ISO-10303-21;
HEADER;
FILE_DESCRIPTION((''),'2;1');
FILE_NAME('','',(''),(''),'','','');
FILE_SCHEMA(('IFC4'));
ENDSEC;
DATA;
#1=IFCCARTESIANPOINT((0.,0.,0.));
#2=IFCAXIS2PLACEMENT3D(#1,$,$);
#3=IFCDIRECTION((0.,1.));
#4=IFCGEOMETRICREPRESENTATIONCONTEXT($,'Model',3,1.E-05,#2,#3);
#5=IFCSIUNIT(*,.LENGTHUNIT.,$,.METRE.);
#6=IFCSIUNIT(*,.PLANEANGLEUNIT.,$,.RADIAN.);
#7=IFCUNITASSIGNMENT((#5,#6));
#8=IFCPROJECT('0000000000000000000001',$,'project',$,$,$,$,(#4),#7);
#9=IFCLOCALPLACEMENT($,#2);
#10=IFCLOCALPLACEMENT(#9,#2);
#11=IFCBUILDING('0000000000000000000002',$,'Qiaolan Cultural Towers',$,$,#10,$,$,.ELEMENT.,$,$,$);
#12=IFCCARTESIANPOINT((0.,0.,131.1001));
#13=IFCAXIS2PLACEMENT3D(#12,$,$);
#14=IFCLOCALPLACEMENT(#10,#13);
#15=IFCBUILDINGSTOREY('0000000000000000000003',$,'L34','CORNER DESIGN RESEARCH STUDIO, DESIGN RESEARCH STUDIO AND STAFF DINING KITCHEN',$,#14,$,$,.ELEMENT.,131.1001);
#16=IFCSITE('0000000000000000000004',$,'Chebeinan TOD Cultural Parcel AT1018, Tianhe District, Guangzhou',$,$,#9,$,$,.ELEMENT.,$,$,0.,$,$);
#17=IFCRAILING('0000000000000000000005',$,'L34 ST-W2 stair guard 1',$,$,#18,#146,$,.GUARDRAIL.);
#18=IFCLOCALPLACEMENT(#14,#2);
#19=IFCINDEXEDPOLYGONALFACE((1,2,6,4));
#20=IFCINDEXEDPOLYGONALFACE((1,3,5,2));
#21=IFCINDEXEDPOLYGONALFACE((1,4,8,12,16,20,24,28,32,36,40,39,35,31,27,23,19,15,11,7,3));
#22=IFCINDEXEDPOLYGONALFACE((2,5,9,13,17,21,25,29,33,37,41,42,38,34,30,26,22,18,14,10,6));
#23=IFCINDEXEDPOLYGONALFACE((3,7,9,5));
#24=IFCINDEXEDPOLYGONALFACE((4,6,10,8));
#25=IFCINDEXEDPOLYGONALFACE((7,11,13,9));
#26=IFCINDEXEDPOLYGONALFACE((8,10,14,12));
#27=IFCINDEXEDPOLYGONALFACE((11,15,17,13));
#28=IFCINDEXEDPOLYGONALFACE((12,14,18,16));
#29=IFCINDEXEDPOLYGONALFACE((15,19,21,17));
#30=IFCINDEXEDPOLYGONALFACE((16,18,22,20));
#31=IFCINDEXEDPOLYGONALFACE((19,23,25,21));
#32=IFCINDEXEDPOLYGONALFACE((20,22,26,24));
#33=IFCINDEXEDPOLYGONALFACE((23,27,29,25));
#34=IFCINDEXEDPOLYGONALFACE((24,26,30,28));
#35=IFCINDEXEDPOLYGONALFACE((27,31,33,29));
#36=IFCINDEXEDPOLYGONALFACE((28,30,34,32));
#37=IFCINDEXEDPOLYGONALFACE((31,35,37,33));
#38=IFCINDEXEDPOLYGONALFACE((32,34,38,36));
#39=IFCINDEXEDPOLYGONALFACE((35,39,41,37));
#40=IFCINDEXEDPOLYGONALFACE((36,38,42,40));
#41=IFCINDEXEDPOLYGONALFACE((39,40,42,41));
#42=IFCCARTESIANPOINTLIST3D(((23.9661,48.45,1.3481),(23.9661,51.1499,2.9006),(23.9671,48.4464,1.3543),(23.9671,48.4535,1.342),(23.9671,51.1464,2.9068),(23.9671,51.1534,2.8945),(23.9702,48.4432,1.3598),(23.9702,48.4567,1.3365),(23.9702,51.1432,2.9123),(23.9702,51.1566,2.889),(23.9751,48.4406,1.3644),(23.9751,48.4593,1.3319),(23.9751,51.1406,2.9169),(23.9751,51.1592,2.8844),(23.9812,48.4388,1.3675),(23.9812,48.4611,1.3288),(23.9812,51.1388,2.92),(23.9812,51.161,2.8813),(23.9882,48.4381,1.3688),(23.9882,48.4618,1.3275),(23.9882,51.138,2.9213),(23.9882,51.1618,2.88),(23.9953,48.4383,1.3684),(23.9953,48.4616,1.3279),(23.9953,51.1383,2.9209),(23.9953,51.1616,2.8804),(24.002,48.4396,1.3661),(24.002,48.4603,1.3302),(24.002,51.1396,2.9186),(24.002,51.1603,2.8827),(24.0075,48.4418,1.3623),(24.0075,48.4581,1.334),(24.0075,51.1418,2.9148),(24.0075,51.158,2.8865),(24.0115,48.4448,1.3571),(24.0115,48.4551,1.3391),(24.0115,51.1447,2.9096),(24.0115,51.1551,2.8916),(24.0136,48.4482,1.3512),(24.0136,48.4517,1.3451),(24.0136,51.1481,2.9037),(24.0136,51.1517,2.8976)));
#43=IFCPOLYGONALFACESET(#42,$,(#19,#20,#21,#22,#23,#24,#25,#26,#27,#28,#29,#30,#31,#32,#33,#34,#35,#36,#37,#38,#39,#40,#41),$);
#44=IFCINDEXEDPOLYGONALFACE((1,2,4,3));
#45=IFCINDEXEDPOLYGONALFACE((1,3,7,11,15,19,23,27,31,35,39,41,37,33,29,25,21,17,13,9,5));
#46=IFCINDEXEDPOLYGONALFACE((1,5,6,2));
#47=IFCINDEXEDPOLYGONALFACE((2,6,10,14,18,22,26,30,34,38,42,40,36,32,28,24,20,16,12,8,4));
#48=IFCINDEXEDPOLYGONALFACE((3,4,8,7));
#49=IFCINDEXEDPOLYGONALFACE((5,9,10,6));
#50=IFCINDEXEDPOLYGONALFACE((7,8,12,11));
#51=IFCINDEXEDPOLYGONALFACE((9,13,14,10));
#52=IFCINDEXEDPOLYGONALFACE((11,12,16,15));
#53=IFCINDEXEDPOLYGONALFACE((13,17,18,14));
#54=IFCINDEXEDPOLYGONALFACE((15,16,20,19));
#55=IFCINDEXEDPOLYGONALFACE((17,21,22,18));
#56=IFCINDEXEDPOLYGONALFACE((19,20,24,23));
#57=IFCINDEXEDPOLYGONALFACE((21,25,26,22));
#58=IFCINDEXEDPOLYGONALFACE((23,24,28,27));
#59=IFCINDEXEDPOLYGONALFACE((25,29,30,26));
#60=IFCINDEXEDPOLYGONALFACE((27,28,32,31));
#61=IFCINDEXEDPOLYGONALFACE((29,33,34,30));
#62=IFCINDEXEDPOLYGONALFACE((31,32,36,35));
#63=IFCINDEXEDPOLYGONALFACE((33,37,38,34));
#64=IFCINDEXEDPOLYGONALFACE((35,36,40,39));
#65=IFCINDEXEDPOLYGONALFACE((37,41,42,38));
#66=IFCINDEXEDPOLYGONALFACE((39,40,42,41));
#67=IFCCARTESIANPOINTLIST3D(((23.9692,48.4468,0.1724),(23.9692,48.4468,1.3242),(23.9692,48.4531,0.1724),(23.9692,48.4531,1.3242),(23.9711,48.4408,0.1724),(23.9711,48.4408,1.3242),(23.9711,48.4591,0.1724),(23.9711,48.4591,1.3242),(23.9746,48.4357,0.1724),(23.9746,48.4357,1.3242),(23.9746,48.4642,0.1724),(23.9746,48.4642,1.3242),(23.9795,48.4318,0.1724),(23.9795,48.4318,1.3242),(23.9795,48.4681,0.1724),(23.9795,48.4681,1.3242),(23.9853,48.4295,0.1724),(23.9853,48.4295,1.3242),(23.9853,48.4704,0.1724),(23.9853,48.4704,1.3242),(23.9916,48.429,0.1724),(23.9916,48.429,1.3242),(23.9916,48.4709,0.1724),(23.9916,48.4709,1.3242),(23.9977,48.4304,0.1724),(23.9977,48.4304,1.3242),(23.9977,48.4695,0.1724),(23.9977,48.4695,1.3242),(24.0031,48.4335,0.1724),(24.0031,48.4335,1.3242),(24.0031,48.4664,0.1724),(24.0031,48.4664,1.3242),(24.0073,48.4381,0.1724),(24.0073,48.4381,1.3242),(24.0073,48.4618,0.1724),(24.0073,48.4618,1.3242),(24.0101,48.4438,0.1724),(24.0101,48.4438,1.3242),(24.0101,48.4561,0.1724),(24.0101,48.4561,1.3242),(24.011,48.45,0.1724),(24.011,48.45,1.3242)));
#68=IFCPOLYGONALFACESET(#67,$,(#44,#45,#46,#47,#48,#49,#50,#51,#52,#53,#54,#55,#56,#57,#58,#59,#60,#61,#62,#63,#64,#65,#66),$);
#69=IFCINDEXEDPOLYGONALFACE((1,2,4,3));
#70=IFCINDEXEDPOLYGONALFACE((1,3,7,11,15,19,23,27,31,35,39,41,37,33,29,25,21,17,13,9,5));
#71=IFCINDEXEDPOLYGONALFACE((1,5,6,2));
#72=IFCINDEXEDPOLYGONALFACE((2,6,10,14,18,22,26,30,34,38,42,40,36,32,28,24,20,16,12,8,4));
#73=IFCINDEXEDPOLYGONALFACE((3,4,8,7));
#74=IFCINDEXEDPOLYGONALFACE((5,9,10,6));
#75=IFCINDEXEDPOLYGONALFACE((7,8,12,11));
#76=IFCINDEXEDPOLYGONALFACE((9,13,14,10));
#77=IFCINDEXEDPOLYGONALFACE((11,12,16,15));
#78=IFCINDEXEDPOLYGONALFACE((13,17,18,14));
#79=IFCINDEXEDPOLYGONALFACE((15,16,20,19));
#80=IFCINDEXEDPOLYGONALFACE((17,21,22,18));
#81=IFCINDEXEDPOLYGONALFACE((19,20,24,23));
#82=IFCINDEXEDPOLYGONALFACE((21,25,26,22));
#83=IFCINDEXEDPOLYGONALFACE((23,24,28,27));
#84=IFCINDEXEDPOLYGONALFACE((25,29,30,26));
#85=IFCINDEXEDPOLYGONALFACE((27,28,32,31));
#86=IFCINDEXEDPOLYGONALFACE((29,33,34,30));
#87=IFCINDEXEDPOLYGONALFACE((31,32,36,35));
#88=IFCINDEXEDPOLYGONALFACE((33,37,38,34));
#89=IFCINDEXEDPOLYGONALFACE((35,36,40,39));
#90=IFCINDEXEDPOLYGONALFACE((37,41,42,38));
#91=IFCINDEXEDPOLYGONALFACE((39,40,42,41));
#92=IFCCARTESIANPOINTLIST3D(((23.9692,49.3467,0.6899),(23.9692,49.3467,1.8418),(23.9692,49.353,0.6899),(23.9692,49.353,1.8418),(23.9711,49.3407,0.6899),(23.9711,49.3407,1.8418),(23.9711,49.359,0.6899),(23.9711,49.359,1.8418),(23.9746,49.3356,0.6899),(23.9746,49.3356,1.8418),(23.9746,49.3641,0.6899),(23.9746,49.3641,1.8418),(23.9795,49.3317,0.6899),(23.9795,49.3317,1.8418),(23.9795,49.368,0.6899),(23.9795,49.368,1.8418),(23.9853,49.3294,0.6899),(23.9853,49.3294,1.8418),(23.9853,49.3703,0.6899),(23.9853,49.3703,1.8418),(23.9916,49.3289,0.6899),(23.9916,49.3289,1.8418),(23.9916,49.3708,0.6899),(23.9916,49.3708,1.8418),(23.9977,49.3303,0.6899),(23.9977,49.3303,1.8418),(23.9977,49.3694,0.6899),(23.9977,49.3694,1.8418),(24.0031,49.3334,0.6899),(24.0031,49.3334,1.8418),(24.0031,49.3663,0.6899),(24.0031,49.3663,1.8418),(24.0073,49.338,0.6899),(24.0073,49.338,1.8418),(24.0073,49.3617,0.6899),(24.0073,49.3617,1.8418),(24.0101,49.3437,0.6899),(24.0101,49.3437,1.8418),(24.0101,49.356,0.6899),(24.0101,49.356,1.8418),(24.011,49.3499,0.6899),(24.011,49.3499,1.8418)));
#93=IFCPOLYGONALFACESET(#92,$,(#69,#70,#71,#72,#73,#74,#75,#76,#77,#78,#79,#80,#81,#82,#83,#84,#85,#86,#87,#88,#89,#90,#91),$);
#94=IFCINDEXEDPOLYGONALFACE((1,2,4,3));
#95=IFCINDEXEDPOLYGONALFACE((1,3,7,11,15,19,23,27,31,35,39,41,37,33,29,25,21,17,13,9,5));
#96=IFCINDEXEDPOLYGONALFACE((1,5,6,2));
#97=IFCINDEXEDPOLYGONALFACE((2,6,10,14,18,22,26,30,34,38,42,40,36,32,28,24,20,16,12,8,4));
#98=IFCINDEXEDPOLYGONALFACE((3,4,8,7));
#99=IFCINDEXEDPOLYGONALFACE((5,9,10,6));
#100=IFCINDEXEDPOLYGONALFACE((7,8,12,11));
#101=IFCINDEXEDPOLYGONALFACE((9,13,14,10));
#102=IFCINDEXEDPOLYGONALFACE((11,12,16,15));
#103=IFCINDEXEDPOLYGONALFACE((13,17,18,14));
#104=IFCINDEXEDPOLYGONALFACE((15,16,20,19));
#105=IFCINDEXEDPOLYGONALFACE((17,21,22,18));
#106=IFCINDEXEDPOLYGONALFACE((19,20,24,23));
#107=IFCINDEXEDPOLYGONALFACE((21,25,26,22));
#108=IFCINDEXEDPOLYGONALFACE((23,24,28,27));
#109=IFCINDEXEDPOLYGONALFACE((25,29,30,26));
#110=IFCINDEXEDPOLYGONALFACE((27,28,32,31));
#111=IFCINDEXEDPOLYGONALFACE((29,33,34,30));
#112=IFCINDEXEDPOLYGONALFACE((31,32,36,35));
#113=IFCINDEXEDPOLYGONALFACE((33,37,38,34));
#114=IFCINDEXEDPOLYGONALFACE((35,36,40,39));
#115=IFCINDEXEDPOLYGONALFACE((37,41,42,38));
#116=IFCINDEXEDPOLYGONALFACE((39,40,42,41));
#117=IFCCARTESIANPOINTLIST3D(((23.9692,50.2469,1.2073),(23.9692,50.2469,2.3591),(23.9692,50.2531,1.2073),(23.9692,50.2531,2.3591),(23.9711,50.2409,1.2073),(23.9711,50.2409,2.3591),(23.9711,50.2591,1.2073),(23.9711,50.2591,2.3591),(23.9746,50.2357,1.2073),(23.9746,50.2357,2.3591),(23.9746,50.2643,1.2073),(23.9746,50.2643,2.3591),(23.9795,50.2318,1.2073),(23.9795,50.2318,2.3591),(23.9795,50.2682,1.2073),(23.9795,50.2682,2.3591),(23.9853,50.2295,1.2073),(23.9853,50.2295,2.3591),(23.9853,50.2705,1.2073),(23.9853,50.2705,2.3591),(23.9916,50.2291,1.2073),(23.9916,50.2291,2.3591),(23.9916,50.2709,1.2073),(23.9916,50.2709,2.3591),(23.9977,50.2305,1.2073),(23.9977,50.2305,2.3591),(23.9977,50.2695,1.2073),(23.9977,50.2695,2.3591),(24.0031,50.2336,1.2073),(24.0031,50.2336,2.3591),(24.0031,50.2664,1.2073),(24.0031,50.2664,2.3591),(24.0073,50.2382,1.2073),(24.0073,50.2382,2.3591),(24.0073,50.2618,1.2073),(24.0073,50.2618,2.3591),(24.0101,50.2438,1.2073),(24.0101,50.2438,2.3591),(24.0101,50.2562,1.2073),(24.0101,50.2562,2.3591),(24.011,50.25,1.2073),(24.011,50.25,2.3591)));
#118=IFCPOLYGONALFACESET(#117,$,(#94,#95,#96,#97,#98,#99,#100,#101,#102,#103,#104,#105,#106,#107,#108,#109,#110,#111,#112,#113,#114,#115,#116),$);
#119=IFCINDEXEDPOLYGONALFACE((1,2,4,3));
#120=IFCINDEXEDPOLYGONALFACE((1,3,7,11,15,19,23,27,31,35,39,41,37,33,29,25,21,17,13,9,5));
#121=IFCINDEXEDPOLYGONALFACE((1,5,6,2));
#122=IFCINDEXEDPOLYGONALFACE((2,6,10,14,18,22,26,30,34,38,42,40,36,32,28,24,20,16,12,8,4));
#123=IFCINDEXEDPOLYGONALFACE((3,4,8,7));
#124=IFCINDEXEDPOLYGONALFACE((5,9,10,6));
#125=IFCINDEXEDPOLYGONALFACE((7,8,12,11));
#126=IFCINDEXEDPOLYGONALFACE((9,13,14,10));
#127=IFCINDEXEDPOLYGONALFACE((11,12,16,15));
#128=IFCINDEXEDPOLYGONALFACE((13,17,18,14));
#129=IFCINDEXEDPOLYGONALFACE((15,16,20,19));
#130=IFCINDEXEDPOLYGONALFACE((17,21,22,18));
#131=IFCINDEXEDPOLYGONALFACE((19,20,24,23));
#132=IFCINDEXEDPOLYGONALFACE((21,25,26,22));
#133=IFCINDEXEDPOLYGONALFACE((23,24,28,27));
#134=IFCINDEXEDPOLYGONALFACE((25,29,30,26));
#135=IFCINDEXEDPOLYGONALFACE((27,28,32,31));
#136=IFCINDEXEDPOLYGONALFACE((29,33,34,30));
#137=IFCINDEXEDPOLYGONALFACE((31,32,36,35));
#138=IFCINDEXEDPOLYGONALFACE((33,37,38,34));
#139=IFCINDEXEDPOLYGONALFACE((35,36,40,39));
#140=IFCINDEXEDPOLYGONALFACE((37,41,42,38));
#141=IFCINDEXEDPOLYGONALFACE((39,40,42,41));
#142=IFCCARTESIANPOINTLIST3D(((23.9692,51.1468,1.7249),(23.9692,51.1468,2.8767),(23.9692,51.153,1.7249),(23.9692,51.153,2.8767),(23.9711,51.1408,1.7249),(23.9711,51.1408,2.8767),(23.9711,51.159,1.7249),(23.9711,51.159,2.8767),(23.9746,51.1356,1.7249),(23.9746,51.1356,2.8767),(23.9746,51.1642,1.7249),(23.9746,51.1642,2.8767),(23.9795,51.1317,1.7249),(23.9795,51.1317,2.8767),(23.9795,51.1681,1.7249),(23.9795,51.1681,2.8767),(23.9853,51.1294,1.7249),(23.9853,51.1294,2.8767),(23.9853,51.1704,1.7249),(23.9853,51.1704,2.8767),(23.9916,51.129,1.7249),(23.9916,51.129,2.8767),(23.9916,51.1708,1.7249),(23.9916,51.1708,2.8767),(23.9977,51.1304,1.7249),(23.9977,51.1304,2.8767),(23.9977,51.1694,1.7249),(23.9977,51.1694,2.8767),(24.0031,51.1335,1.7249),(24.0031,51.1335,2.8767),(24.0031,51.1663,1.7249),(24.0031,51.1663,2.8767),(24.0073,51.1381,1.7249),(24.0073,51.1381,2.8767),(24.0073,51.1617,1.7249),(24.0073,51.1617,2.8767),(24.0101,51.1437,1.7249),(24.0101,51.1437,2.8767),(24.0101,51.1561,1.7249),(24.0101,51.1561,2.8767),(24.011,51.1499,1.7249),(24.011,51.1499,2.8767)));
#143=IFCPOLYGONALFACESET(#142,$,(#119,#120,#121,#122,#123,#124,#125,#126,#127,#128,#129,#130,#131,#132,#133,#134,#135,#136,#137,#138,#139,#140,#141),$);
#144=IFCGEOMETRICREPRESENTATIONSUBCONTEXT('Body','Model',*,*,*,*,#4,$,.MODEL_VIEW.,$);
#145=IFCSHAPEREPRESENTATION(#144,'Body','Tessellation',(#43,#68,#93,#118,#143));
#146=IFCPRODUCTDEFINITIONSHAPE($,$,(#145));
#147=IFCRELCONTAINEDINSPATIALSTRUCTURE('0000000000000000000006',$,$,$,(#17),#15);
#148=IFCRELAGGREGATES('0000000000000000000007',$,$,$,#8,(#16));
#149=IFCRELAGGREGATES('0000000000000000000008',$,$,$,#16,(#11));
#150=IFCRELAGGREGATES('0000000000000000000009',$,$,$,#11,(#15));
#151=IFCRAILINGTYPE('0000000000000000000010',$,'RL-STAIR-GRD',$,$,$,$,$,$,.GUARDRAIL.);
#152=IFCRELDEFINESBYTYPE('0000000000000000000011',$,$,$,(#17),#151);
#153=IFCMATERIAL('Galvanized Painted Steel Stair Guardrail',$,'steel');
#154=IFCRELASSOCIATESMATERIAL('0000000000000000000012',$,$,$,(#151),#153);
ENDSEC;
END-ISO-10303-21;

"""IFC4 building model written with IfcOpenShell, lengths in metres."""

from ifc_helpers import new_model, si_unit, direction, frame, origin, origin_2d, place, context, subcontext, project, spatial, circle, extrude, material, type_object, element, save


model = new_model("IFC4")

# Units and contexts
model_context = context("Model", 3, precision=1e-05, world=origin(), true_north=direction((0.0, 1.0)))
body_context = subcontext(model_context, "Body", "Model", "MODEL_VIEW")
ifc_project = project(units=[si_unit("LENGTHUNIT", "METRE"), si_unit("PLANEANGLEUNIT", "RADIAN")], contexts=[model_context])

# Site, building, storey
site_placement = place(None, origin())
site = spatial("IfcSite", under=ifc_project, at=site_placement, Name="Chebeinan TOD Cultural Parcel AT1018, Tianhe District, Guangzhou", CompositionType="ELEMENT", RefElevation=0.0)
building_placement = place(site_placement, origin())
building = spatial("IfcBuilding", under=site, at=building_placement, Name="Qiaolan Cultural Towers", CompositionType="ELEMENT")
storey_placement = place(building_placement, frame((0.0, 0.0, 131.1001)))
storey = spatial("IfcBuildingStorey", under=building, at=storey_placement, Name="L34", Description="CORNER DESIGN RESEARCH STUDIO, DESIGN RESEARCH STUDIO AND STAFF DINING KITCHEN", CompositionType="ELEMENT", Elevation=131.1001)

# Railing
ifc_material_1 = material(Name="Galvanized Painted Steel Stair Guardrail", Category="steel")
railing_type_1 = type_object("IfcRailingType", Name="RL-STAIR-GRD", PredefinedType="GUARDRAIL", material=ifc_material_1)
railing_1_placement = place(storey_placement, frame((23.99, 48.45, 0.1724)))
element("IfcRailing", 1, at=railing_1_placement, inside=storey, type_object=railing_type_1, Name="L34 ST-W2 stair guard 1", PredefinedType="GUARDRAIL", context=body_context, shape_type="SweptSolid", body=[
    extrude(circle(Radius=0.0239, at=origin_2d()), frame((0.0, 0.0, 1.1758), z_axis=(0.0, 0.866904, 0.498476), x_axis=(-1.0, 0.0, 0.0)), (0.0, 0.0, 1.0), 3.1145),
    extrude(circle(Radius=0.021, at=origin_2d()), origin(), (0.0, 0.0, 1.0), 1.1519),
    extrude(circle(Radius=0.021, at=origin_2d()), frame((0.0, 0.8999, 0.5176)), (0.0, 0.0, 1.0), 1.1519),
    extrude(circle(Radius=0.021, at=origin_2d()), frame((0.0, 1.8, 1.0349)), (0.0, 0.0, 1.0), 1.1519),
    extrude(circle(Radius=0.021, at=origin_2d()), frame((0.0, 2.7, 1.5525)), (0.0, 0.0, 1.0), 1.1519),
])

save(model, "model.ifc")
